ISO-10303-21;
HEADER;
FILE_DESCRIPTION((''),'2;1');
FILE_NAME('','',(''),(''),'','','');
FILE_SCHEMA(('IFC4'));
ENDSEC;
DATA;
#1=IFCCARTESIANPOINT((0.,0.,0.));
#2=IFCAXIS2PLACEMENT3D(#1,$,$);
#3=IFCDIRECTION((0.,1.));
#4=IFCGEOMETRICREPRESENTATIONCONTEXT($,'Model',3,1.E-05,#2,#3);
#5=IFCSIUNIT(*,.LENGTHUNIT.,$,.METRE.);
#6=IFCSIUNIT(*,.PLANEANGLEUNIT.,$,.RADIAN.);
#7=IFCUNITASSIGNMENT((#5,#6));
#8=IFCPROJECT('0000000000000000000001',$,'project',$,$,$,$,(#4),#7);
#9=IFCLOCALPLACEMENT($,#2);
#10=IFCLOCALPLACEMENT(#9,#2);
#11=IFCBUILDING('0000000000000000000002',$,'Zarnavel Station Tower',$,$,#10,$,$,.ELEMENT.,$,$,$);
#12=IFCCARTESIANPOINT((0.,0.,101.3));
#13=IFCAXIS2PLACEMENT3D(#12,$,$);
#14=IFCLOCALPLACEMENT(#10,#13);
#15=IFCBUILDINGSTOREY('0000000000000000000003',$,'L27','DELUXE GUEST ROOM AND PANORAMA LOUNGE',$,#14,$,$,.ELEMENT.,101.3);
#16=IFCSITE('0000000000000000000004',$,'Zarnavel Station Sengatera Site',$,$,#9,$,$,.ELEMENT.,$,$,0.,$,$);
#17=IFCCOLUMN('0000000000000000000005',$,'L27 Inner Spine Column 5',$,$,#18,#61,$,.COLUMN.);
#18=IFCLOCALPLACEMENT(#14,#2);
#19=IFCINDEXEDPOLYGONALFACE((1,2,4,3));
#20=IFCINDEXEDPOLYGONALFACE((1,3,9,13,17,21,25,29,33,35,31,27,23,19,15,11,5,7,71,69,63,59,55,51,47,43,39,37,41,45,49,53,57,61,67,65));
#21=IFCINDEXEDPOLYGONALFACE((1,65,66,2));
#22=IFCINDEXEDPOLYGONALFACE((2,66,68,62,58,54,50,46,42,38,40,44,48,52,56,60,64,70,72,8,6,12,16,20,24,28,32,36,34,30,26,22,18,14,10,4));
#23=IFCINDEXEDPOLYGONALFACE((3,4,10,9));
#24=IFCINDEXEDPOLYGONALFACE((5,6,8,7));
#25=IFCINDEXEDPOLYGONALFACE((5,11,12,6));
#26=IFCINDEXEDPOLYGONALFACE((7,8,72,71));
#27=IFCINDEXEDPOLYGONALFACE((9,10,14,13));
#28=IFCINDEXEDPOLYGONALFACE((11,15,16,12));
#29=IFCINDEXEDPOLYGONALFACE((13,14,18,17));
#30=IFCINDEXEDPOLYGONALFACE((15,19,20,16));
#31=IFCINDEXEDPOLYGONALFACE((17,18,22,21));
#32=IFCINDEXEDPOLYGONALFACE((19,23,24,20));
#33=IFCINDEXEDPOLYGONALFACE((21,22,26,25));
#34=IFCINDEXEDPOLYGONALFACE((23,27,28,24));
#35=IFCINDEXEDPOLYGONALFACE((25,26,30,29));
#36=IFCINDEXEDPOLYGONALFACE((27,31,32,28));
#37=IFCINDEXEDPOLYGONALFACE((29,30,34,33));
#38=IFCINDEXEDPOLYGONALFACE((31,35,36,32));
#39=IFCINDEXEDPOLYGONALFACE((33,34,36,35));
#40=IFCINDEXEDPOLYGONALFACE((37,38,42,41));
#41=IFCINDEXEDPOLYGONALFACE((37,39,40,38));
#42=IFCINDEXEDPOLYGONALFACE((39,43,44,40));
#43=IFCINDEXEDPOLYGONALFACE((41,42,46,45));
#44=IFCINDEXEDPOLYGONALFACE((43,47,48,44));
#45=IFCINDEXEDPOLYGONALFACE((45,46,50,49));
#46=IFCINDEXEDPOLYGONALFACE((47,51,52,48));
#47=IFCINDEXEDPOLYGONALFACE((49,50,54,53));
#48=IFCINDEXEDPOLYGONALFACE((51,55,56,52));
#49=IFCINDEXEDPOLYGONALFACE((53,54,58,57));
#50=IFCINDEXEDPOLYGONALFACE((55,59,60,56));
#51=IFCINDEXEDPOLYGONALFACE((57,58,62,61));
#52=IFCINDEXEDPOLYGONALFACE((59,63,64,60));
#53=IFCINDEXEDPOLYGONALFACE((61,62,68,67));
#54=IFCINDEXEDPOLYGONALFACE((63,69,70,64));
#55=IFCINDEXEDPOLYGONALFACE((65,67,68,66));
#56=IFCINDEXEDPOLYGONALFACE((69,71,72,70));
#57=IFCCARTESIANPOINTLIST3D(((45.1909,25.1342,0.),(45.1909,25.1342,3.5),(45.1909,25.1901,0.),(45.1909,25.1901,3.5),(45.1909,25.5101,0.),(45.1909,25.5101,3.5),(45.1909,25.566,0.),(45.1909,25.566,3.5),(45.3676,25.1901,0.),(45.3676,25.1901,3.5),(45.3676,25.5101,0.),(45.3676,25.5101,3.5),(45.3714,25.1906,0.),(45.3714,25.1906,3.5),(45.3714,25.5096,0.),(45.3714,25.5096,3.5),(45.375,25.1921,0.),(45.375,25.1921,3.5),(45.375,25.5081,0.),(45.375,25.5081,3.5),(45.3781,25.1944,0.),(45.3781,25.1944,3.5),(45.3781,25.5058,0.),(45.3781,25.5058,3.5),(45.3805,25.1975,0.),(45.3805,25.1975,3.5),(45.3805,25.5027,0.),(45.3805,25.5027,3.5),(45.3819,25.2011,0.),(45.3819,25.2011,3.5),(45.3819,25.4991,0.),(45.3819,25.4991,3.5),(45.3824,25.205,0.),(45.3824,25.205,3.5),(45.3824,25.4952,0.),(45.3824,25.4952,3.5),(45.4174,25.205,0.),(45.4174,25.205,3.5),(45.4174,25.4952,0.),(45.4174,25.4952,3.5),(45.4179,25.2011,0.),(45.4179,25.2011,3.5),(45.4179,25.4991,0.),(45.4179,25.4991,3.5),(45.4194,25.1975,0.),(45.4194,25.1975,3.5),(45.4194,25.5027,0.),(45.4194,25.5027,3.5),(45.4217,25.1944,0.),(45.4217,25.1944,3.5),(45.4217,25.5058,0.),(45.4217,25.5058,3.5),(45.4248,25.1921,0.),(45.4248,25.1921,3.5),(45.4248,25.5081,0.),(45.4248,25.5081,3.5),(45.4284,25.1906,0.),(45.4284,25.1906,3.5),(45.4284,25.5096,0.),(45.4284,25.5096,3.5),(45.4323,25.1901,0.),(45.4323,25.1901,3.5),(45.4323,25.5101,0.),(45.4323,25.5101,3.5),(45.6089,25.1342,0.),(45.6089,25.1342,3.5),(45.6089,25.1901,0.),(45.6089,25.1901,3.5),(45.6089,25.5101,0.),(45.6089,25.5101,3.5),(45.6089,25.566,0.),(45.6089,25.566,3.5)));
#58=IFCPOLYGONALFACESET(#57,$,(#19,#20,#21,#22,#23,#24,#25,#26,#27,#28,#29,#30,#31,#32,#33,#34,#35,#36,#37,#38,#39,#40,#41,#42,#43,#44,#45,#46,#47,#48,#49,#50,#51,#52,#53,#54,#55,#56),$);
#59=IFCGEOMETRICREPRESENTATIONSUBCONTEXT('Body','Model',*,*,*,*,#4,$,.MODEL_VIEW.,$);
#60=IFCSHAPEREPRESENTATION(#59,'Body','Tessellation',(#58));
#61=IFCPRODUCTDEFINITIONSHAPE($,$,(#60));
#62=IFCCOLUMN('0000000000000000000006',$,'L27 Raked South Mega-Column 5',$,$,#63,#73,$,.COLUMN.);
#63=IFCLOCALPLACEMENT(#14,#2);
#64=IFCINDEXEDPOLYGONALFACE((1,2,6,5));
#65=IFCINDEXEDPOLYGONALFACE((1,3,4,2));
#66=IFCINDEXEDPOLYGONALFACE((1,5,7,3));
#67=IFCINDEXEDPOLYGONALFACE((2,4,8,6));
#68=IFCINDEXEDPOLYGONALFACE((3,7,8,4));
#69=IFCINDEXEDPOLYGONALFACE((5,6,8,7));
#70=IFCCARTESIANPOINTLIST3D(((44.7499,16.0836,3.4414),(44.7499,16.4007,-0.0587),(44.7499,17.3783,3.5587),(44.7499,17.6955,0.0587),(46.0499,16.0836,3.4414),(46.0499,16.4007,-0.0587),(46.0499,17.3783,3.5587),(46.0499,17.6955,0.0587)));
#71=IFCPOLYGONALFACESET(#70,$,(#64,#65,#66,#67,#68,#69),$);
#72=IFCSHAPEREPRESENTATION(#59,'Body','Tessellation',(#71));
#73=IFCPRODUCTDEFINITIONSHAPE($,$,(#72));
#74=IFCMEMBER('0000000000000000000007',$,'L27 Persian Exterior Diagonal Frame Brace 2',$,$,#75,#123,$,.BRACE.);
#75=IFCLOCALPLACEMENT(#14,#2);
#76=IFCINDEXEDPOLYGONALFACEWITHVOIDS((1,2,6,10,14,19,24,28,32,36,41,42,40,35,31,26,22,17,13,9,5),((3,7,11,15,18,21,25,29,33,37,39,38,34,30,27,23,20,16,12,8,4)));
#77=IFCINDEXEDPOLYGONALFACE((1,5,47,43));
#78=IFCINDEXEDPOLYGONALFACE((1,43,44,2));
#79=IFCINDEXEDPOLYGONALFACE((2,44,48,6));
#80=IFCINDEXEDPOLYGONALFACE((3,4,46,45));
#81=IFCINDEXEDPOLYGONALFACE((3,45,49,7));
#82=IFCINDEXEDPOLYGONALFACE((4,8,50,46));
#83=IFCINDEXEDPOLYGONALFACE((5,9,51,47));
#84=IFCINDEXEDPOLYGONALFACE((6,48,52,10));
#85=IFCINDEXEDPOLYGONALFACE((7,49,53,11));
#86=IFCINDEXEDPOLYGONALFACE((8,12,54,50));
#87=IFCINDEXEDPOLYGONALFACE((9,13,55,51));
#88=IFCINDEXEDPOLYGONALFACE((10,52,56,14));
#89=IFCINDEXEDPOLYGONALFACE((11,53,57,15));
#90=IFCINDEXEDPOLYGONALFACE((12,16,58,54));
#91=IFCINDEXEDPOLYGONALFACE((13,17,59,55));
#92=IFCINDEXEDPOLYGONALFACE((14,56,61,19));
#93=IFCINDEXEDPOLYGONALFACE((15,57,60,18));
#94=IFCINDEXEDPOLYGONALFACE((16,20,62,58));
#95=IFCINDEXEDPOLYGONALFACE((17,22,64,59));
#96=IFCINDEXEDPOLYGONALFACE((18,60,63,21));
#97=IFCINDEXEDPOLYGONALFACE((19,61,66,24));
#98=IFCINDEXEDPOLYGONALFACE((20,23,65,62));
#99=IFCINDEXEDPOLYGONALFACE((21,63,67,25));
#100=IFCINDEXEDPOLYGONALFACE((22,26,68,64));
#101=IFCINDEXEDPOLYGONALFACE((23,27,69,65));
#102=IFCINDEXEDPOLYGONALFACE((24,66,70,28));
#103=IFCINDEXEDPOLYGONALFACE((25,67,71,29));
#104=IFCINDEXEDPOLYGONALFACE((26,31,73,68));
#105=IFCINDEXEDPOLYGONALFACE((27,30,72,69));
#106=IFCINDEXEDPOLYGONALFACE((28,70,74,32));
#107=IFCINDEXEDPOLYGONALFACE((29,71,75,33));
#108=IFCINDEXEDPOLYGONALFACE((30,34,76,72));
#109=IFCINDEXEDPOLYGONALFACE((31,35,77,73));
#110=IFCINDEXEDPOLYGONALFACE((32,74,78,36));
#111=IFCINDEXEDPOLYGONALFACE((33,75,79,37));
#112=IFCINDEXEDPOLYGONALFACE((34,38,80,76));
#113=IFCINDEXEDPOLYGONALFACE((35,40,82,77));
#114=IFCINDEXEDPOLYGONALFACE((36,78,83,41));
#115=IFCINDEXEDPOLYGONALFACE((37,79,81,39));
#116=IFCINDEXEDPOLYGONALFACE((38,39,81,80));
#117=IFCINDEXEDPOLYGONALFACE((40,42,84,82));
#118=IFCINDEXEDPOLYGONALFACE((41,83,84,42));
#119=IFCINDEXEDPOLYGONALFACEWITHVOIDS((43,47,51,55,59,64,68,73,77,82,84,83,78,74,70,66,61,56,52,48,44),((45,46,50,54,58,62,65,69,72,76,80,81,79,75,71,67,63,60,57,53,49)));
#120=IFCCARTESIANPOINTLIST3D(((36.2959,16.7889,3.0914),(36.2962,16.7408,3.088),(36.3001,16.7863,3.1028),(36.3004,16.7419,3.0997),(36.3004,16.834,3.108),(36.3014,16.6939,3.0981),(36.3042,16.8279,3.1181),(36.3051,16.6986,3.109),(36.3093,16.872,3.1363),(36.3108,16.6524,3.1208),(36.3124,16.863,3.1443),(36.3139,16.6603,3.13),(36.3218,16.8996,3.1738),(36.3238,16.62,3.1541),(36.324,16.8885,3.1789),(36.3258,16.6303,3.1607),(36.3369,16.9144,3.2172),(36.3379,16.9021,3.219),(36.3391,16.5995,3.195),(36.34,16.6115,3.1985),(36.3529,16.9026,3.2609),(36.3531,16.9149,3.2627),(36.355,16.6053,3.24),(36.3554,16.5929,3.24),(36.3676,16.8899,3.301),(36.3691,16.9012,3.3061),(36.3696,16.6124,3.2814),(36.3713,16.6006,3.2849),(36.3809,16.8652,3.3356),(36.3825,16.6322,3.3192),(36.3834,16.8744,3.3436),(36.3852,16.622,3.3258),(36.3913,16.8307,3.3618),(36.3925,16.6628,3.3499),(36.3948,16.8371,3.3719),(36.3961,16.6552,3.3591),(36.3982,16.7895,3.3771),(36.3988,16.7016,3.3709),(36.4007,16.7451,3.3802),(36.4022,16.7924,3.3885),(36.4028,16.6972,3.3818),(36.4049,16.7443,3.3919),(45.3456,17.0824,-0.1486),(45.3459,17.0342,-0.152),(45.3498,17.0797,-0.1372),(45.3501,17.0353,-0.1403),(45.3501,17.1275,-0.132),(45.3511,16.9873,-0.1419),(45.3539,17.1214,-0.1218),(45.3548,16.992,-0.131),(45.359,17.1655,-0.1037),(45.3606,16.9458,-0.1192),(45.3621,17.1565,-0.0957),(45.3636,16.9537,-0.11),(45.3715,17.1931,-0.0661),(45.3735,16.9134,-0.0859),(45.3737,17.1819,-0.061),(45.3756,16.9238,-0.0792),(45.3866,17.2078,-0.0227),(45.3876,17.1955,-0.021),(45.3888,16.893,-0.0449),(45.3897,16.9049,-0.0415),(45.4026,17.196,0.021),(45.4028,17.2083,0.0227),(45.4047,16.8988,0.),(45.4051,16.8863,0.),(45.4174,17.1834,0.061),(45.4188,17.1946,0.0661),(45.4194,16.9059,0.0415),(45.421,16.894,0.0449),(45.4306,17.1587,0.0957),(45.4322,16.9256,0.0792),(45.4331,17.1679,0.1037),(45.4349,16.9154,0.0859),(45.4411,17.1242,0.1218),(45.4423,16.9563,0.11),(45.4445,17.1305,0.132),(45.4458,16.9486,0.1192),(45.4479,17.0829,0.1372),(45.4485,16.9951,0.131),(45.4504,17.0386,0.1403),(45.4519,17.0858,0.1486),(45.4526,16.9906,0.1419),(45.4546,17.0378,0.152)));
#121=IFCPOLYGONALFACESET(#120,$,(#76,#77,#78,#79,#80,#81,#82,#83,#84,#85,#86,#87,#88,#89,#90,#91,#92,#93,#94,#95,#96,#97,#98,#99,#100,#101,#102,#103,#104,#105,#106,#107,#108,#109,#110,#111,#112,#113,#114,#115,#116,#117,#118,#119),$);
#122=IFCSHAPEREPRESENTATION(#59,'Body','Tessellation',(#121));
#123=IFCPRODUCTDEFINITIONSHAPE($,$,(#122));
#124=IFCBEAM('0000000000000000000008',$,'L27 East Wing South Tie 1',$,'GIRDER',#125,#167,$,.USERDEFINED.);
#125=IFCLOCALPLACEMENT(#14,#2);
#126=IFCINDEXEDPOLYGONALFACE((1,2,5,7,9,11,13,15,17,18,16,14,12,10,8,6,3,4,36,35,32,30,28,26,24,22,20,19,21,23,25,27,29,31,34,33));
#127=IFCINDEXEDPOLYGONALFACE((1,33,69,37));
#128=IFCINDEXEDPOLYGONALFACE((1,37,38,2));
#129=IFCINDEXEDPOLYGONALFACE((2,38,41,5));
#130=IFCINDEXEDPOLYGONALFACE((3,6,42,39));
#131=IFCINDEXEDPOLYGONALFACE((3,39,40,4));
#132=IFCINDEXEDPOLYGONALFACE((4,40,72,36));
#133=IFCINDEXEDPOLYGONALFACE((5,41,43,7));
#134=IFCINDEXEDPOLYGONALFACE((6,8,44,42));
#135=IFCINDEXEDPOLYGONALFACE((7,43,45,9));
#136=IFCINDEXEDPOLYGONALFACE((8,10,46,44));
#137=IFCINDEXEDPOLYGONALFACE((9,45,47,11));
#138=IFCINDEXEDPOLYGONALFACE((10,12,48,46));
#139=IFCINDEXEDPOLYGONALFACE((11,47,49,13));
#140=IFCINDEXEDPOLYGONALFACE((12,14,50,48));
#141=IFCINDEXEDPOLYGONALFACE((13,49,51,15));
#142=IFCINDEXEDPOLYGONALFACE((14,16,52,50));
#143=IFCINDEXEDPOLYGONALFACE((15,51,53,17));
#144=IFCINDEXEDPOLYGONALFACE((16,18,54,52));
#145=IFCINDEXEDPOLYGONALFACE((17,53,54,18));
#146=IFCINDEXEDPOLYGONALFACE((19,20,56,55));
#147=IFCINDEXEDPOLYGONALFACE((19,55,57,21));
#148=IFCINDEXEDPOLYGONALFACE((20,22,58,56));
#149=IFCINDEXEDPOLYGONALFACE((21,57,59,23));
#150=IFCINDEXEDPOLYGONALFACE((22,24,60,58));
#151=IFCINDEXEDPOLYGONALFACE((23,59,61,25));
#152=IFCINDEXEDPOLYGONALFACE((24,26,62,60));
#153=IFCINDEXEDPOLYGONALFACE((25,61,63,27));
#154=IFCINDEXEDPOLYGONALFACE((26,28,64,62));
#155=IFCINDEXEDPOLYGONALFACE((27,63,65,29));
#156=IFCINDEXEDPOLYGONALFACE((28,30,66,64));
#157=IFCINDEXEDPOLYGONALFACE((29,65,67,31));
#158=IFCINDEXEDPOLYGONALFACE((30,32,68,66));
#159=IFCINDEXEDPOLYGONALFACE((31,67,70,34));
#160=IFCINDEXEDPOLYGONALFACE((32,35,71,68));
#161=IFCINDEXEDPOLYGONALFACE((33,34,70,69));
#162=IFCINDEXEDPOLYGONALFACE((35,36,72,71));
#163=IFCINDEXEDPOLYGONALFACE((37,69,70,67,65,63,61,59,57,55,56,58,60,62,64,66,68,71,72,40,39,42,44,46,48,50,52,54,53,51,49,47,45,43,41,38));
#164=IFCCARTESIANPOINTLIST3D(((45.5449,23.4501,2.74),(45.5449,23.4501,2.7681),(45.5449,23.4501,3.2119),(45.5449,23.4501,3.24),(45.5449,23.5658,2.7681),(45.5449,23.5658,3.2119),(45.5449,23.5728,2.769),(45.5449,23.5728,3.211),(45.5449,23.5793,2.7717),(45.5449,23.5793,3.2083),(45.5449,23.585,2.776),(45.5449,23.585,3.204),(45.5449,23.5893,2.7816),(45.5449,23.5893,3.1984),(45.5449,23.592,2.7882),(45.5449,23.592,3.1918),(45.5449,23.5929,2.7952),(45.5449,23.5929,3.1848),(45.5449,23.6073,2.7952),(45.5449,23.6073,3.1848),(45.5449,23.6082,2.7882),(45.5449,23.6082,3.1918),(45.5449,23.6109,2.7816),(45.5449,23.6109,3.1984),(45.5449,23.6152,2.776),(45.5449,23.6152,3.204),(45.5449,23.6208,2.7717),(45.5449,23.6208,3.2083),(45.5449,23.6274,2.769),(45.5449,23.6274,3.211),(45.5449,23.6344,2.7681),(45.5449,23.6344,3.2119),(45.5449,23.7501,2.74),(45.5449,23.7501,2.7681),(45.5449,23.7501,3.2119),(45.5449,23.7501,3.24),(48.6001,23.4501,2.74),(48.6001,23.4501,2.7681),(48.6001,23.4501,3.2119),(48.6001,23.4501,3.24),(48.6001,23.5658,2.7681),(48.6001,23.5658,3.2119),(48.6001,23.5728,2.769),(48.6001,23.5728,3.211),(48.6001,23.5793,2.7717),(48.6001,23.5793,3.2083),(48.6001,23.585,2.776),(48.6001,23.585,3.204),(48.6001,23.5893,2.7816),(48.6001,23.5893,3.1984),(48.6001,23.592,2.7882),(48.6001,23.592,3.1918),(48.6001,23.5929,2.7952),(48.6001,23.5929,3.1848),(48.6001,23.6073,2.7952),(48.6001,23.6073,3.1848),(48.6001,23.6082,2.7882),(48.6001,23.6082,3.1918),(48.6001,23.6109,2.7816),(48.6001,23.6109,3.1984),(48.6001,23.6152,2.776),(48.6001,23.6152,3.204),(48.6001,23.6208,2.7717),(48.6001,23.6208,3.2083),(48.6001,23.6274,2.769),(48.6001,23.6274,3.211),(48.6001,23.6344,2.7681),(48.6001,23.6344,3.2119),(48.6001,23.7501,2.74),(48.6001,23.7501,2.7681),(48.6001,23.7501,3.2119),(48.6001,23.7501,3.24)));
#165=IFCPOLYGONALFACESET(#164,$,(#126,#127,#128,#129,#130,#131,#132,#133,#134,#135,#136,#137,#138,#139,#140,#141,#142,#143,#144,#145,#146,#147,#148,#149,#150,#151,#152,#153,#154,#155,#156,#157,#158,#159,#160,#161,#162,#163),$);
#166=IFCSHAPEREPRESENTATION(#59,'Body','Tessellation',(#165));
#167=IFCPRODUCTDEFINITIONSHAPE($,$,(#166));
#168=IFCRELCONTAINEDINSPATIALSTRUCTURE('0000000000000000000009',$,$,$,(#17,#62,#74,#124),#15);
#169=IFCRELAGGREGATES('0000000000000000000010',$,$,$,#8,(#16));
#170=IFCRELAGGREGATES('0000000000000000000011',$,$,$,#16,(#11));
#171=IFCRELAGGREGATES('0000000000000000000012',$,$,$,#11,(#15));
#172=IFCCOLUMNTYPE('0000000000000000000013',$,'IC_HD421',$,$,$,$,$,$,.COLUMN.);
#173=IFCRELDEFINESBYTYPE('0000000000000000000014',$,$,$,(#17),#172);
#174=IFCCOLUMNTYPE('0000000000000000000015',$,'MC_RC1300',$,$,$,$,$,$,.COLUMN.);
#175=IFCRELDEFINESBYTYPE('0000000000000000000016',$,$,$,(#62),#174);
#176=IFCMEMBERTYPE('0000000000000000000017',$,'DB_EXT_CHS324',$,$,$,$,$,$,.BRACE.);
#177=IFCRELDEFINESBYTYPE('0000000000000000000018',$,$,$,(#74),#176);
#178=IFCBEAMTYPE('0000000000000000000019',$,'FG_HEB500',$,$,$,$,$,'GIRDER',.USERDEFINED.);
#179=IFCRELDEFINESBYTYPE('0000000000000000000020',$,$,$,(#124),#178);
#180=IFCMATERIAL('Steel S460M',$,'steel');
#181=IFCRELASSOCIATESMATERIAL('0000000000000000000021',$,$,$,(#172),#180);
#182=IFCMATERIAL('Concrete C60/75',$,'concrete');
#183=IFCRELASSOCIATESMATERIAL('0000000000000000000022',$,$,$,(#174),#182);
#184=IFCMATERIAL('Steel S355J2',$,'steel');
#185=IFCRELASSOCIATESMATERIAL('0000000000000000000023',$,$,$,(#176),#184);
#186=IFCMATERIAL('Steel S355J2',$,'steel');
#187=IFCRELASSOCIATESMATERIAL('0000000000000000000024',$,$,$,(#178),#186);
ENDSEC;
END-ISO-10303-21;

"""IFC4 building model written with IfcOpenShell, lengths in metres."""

from ifc_helpers import new_model, si_unit, direction, frame, origin, origin_2d, place, context, subcontext, project, spatial, rectangle, hollow_circle, i_section, extrude, material, material_profile, profile_set, type_object, element, save


model = new_model("IFC4")

# Units and contexts
model_context = context("Model", 3, precision=1e-05, world=origin(), true_north=direction((0.0, 1.0)))
body_context = subcontext(model_context, "Body", "Model", "MODEL_VIEW")
ifc_project = project(units=[si_unit("LENGTHUNIT", "METRE"), si_unit("PLANEANGLEUNIT", "RADIAN")], contexts=[model_context])

# Site, building, storey
site_placement = place(None, origin())
site = spatial("IfcSite", under=ifc_project, at=site_placement, Name="Zarnavel Station Sengatera Site", CompositionType="ELEMENT", RefElevation=0.0)
building_placement = place(site_placement, origin())
building = spatial("IfcBuilding", under=site, at=building_placement, Name="Zarnavel Station Tower", CompositionType="ELEMENT")
storey_placement = place(building_placement, frame((0.0, 0.0, 101.3)))
storey = spatial("IfcBuildingStorey", under=building, at=storey_placement, Name="L27", Description="DELUXE GUEST ROOM AND PANORAMA LOUNGE", CompositionType="ELEMENT", Elevation=101.3)

# Columns
ifc_material_1 = material(Name="Steel S460M", Category="steel")
ifc_material_profile_1 = material_profile(ifc_material_1, i_section(OverallWidth=0.418, OverallDepth=0.4319, WebThickness=0.0349, FlangeThickness=0.0559, FilletRadius=0.0149, at=origin_2d()), Name="HD400x421")
ifc_profile_set_1 = profile_set([ifc_material_profile_1], Name="Steel S460M")
column_type_1 = type_object("IfcColumnType", Name="IC_HD421", PredefinedType="COLUMN", material=ifc_profile_set_1)
column_1_placement = place(storey_placement, frame((45.3999, 25.3501, 0.0), z_axis=(0.0, 0.0, 1.0), x_axis=(1.0, 0.0, 0.0)))
element("IfcColumn", 1, at=column_1_placement, inside=storey, type_object=column_type_1, Name="L27 Inner Spine Column 5", PredefinedType="COLUMN", context=body_context, shape_type="SweptSolid", body=[
    extrude(i_section(OverallWidth=0.418, OverallDepth=0.4319, WebThickness=0.0349, FlangeThickness=0.0559, FilletRadius=0.0149, at=origin_2d()), origin(), (0.0, 0.0, 1.0), 3.5),
])
ifc_material_2 = material(Name="Concrete C60/75", Category="concrete")
ifc_material_profile_2 = material_profile(ifc_material_2, rectangle(XDim=1.3, YDim=1.3, at=origin_2d()), Name="RC1300x1300")
ifc_profile_set_2 = profile_set([ifc_material_profile_2], Name="Concrete C60/75")
column_type_2 = type_object("IfcColumnType", Name="MC_RC1300", PredefinedType="COLUMN", material=ifc_profile_set_2)
column_2_placement = place(storey_placement, frame((45.3999, 17.0481, 0.0), z_axis=(0.0, -0.090241, 0.99592), x_axis=(1.0, 0.0, 0.0)))
element("IfcColumn", 2, at=column_2_placement, inside=storey, type_object=column_type_2, Name="L27 Raked South Mega-Column 5", PredefinedType="COLUMN", context=body_context, shape_type="SweptSolid", body=[
    extrude(rectangle(XDim=1.3, YDim=1.3, at=origin_2d()), origin(), (0.0, 0.0, 1.0), 3.5144),
])

# Member
ifc_material_3 = material(Name="Steel S355J2", Category="steel")
ifc_material_profile_3 = material_profile(ifc_material_3, hollow_circle(Radius=0.1619, WallThickness=0.0125, at=origin_2d()), Name="CHS323.9x12.5")
ifc_profile_set_3 = profile_set([ifc_material_profile_3], Name="Steel S355J2")
member_type = type_object("IfcMemberType", Name="DB_EXT_CHS324", PredefinedType="BRACE", material=ifc_profile_set_3)
member_placement = place(storey_placement, frame((45.3999, 17.0481, 0.0), z_axis=(-0.941042, -0.030515, 0.33691), x_axis=(0.03241, -0.999475, 0.0)))
element("IfcMember", 3, at=member_placement, inside=storey, type_object=member_type, Name="L27 Persian Exterior Diagonal Frame Brace 2", PredefinedType="BRACE", context=body_context, shape_type="SweptSolid", body=[
    extrude(hollow_circle(Radius=0.1619, WallThickness=0.0125, at=origin_2d()), origin(), (0.0, 0.0, 1.0), 9.6167),
])

# Beam
ifc_material_4 = material(Name="Steel S355J2", Category="steel")
ifc_material_profile_4 = material_profile(ifc_material_4, i_section(OverallWidth=0.3, OverallDepth=0.5, WebThickness=0.0144, FlangeThickness=0.0281, FilletRadius=0.0271, at=origin_2d()), Name="HEB500")
ifc_profile_set_4 = profile_set([ifc_material_profile_4], Name="Steel S355J2")
beam_type_1 = type_object("IfcBeamType", Name="FG_HEB500", ElementType="GIRDER", PredefinedType="USERDEFINED", material=ifc_profile_set_4)
beam_1_placement = place(storey_placement, frame((45.5449, 23.6001, 2.99), z_axis=(1.0, 0.0, 0.0), x_axis=(0.0, 1.0, 0.0)))
element("IfcBeam", 4, at=beam_1_placement, inside=storey, type_object=beam_type_1, Name="L27 East Wing South Tie 1", ObjectType="GIRDER", PredefinedType="USERDEFINED", context=body_context, shape_type="SweptSolid", body=[
    extrude(i_section(OverallWidth=0.3, OverallDepth=0.5, WebThickness=0.0144, FlangeThickness=0.0281, FilletRadius=0.0271, at=origin_2d()), origin(), (0.0, 0.0, 1.0), 3.0552),
])

save(model, "model.ifc")
